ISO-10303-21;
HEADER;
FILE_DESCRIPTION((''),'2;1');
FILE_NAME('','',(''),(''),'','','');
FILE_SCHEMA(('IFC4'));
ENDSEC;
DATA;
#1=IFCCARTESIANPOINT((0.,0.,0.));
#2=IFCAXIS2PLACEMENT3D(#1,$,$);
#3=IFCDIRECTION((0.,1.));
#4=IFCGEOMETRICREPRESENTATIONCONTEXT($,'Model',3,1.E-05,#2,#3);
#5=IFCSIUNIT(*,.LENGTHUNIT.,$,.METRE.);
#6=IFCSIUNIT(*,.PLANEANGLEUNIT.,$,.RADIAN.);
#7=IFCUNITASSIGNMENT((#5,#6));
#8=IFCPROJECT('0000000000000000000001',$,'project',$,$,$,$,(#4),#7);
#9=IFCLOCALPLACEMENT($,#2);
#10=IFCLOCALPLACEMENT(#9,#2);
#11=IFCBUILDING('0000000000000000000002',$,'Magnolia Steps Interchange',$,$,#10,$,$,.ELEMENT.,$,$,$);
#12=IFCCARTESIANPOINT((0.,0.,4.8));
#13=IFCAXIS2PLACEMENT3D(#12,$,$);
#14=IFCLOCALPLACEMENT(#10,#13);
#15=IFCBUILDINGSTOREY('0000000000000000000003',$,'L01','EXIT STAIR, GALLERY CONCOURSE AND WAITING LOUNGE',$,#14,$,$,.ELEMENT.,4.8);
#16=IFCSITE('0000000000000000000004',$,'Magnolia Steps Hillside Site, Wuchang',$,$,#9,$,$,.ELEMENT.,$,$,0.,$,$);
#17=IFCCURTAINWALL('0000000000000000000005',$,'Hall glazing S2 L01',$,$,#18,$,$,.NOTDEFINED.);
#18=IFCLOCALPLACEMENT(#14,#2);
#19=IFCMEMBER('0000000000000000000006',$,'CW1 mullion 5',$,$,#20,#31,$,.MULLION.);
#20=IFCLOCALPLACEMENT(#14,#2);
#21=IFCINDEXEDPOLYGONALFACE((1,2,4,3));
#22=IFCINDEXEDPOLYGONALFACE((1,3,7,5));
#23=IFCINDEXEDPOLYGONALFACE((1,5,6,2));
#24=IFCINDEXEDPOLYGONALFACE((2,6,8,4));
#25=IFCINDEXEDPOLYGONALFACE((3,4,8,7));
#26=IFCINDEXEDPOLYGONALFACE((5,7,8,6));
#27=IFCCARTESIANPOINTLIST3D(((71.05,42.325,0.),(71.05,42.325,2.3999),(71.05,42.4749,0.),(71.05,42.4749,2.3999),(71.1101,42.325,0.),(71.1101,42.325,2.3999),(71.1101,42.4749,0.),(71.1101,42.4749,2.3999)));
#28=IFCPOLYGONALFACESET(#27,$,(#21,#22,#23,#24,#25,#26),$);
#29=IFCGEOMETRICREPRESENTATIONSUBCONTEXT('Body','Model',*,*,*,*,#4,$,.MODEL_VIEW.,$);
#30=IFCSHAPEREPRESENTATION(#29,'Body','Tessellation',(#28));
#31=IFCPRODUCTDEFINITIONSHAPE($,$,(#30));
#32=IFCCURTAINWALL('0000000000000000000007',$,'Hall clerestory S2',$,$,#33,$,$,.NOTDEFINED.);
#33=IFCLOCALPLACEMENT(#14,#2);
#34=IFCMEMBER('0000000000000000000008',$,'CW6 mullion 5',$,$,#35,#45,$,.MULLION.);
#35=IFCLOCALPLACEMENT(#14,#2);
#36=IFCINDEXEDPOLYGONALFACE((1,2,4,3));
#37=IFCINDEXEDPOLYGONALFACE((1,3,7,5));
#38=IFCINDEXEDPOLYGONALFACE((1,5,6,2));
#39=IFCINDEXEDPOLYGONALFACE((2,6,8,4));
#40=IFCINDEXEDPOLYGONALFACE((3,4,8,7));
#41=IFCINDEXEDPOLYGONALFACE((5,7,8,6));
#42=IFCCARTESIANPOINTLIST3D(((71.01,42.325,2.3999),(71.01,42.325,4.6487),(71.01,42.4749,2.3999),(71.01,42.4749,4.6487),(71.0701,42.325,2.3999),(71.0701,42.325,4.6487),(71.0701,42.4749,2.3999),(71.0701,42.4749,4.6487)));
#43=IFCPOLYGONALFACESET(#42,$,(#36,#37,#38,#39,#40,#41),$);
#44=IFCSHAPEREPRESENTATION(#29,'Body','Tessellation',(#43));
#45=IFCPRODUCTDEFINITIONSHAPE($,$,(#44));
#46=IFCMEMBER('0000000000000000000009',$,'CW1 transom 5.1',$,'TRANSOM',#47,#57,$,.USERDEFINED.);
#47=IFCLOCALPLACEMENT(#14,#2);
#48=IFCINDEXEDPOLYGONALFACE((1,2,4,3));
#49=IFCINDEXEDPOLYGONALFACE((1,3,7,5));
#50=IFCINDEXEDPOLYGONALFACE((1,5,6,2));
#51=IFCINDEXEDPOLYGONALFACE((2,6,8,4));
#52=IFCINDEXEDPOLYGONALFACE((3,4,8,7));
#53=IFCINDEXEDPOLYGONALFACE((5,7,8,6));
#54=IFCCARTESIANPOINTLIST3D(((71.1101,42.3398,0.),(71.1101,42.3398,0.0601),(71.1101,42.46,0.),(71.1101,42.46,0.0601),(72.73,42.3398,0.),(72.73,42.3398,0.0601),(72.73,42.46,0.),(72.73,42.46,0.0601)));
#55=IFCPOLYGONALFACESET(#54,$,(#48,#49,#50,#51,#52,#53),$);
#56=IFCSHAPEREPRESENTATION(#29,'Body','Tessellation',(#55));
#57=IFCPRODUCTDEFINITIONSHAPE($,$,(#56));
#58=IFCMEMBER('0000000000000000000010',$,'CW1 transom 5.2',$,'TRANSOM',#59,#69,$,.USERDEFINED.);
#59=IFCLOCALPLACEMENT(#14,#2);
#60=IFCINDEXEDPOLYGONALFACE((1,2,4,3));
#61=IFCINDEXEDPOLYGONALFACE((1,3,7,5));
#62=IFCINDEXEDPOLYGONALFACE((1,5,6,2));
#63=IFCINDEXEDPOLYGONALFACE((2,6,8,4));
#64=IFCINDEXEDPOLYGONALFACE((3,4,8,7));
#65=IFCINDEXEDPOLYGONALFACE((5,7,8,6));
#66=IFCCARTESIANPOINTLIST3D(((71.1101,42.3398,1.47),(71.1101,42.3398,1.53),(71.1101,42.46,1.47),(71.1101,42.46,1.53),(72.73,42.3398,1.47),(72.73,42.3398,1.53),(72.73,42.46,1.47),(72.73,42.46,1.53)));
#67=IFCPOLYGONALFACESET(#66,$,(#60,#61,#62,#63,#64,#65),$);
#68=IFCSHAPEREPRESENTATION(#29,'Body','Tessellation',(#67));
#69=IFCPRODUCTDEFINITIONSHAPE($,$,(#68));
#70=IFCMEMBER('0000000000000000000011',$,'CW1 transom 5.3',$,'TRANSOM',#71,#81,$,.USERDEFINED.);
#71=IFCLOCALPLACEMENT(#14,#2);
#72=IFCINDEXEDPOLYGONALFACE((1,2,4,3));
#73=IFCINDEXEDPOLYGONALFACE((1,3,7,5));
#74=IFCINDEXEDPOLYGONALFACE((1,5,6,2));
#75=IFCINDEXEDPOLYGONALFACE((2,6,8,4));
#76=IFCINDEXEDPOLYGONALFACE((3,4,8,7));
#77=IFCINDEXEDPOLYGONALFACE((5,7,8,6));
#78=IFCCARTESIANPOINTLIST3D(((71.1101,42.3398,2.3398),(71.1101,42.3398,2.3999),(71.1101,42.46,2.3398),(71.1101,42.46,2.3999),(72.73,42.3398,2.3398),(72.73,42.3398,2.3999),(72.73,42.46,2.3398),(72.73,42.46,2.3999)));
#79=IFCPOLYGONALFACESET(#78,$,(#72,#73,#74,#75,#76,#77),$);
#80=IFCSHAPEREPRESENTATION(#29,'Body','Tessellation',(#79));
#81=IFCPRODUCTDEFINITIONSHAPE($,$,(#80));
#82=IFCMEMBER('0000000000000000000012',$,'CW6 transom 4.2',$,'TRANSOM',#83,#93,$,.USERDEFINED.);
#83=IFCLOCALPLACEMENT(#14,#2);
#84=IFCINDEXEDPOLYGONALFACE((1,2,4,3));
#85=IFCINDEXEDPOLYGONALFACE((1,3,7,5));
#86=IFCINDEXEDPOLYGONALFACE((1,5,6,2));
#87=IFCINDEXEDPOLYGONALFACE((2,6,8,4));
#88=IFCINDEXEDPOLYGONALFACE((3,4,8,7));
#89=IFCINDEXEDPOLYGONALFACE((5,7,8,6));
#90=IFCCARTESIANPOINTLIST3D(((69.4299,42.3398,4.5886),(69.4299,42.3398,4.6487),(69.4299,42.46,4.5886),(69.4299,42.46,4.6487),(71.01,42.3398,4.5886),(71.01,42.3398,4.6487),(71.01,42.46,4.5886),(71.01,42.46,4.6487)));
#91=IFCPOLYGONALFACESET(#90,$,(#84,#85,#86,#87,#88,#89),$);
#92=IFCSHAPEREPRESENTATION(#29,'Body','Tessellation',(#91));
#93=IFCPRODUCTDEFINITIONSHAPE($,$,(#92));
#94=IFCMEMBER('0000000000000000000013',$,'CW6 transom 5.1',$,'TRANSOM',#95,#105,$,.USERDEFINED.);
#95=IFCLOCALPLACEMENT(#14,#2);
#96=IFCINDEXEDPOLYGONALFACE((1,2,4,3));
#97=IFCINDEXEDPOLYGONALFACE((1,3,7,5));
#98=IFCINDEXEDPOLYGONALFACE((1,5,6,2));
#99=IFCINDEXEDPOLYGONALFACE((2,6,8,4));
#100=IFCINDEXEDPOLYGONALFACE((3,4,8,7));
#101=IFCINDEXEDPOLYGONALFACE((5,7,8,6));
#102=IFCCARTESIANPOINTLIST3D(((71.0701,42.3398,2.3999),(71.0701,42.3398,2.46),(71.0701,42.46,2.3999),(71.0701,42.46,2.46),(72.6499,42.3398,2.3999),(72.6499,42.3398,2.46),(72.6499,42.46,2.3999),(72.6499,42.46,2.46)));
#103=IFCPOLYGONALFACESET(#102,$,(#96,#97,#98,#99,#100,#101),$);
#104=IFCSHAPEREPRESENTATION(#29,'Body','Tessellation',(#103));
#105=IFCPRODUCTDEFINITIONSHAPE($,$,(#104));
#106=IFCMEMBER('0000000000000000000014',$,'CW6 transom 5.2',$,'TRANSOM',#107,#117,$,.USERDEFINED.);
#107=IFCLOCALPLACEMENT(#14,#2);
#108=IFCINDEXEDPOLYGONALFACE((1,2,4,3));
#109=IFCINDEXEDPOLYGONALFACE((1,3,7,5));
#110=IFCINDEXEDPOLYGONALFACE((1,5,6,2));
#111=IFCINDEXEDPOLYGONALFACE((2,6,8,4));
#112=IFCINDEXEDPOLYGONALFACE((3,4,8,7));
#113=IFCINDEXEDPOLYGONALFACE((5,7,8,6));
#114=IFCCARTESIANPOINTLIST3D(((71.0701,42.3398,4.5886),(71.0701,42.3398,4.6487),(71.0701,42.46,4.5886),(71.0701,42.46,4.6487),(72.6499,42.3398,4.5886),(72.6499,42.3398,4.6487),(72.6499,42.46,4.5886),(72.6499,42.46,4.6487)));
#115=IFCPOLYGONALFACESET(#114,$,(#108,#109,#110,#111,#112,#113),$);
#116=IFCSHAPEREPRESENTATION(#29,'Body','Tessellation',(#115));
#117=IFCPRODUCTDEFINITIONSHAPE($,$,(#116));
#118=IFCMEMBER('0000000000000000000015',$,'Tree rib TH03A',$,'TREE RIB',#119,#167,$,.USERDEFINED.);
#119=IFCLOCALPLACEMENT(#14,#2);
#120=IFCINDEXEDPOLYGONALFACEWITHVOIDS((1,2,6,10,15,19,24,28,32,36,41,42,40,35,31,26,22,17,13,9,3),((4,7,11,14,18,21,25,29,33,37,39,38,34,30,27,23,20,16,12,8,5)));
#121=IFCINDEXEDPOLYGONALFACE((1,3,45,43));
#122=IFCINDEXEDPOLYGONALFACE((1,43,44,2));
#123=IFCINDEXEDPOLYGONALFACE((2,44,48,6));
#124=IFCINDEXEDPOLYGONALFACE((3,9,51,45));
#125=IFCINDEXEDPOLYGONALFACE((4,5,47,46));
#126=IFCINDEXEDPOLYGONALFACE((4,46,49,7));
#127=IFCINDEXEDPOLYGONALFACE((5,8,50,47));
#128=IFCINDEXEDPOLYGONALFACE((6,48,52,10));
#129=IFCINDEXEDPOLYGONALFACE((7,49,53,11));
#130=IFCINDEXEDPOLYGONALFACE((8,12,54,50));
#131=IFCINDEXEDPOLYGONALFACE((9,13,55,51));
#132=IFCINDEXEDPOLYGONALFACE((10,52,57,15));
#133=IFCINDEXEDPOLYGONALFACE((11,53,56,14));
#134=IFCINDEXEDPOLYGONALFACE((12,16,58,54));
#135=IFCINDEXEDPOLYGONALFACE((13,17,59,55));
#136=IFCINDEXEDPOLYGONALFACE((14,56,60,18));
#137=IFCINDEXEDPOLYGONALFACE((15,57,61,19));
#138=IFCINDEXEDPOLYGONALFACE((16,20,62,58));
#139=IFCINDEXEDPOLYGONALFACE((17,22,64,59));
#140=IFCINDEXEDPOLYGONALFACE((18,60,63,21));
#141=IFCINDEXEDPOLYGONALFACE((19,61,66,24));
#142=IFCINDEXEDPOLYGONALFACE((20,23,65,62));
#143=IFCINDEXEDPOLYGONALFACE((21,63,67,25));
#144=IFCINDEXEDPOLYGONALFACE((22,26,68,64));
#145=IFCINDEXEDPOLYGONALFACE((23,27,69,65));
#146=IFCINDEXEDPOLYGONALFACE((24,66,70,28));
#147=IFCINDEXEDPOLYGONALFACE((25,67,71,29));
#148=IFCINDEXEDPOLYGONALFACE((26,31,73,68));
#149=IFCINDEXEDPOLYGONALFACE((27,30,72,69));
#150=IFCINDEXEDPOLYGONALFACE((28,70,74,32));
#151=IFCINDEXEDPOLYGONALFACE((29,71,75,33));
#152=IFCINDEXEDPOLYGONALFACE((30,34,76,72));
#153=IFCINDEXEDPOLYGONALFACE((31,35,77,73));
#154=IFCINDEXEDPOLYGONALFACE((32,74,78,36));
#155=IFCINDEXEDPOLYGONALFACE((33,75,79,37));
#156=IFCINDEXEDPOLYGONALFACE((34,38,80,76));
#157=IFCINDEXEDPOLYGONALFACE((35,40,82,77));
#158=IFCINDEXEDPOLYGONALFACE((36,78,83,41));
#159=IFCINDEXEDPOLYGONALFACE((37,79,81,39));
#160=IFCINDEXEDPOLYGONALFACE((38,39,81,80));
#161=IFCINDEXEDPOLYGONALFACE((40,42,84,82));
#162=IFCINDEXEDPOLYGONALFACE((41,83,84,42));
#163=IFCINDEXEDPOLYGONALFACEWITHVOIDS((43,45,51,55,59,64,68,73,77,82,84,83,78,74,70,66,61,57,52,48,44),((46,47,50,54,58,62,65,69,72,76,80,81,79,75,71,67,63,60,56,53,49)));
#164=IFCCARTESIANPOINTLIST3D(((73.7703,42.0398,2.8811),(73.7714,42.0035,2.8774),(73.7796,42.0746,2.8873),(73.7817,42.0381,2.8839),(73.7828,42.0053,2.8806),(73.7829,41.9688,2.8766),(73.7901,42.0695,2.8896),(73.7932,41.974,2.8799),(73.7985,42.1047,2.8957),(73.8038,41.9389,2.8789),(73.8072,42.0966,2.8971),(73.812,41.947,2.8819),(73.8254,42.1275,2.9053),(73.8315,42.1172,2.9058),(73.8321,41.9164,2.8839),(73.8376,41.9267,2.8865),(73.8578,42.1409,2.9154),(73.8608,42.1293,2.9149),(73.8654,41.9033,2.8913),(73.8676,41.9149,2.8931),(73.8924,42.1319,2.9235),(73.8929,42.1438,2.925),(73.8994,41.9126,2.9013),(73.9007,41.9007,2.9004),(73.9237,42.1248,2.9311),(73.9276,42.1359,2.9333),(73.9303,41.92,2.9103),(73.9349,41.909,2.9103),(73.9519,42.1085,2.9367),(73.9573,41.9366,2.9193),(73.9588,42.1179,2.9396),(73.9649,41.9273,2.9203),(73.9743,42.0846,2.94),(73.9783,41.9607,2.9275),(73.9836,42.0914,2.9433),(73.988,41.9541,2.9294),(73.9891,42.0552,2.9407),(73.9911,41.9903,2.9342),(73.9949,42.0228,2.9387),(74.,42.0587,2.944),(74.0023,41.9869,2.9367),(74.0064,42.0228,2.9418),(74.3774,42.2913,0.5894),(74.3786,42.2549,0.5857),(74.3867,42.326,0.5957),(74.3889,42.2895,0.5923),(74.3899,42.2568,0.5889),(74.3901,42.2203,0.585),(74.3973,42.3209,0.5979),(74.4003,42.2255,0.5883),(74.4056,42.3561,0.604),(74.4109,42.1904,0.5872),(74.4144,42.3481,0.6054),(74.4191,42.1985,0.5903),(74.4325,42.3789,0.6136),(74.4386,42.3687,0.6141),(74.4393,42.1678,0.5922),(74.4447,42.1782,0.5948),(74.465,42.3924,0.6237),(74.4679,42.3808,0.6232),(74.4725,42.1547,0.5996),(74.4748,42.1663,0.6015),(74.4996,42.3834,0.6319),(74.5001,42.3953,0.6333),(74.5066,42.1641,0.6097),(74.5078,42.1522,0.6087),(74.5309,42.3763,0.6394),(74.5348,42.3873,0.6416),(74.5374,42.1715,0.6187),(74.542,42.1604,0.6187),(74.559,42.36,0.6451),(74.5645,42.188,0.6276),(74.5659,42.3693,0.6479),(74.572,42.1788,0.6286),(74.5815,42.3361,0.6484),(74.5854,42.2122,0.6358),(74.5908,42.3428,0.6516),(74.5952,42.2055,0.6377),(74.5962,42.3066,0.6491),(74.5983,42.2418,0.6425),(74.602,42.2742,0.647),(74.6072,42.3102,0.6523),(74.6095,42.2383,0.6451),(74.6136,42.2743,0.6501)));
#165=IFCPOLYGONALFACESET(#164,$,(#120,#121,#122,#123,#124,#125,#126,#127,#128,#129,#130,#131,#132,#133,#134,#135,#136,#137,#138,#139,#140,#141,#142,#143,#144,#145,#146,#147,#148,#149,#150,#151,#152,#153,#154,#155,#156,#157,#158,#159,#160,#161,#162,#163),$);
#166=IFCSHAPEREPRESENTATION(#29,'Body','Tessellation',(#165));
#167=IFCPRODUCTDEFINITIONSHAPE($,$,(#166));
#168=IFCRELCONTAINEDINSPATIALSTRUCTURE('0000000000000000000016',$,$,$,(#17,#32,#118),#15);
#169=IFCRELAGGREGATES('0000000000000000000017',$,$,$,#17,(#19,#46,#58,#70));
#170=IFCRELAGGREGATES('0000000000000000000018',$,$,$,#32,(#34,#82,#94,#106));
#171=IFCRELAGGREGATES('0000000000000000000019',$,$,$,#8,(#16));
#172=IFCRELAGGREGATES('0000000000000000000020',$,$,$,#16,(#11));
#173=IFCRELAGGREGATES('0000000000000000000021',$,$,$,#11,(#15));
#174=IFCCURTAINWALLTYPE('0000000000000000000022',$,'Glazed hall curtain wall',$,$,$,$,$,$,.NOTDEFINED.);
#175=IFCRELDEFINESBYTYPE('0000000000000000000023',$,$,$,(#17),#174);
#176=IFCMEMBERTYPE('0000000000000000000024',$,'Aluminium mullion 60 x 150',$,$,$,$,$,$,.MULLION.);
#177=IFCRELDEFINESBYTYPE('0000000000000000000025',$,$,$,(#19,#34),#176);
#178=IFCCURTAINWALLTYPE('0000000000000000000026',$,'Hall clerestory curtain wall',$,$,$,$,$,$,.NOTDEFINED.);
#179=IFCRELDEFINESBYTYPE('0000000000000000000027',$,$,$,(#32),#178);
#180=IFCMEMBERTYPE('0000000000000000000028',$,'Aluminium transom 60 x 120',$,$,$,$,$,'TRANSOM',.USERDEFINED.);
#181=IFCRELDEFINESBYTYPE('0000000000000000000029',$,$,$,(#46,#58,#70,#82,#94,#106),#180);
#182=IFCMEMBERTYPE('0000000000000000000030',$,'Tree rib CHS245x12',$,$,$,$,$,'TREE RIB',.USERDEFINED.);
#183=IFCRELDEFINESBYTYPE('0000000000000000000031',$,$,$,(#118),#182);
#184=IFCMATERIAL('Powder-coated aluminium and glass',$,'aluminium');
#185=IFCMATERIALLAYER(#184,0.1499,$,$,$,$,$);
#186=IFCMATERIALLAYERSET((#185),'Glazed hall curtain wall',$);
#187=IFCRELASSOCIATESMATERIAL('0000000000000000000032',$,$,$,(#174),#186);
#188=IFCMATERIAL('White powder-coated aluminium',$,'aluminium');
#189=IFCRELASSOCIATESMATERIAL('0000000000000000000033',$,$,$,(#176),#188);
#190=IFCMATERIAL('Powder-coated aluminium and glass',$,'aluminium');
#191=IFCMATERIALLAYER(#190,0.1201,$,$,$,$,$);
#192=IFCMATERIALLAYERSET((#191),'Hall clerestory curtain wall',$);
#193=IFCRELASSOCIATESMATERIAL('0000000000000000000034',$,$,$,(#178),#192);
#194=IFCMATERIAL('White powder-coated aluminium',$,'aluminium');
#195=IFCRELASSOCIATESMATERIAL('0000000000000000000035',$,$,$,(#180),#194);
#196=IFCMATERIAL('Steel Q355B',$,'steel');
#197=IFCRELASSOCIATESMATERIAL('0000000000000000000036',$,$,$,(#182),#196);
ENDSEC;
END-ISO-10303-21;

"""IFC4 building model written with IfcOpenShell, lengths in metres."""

from ifc_helpers import new_model, si_unit, direction, frame, origin, origin_2d, place, context, subcontext, project, spatial, rectangle, hollow_circle, extrude, material, layer, layer_set, material_profile, profile_set, type_object, element, aggregate, save


model = new_model("IFC4")

# Units and contexts
model_context = context("Model", 3, precision=1e-05, world=origin(), true_north=direction((0.0, 1.0)))
body_context = subcontext(model_context, "Body", "Model", "MODEL_VIEW")
ifc_project = project(units=[si_unit("LENGTHUNIT", "METRE"), si_unit("PLANEANGLEUNIT", "RADIAN")], contexts=[model_context])

# Site, building, storey
site_placement = place(None, origin())
site = spatial("IfcSite", under=ifc_project, at=site_placement, Name="Magnolia Steps Hillside Site, Wuchang", CompositionType="ELEMENT", RefElevation=0.0)
building_placement = place(site_placement, origin())
building = spatial("IfcBuilding", under=site, at=building_placement, Name="Magnolia Steps Interchange", CompositionType="ELEMENT")
storey_placement = place(building_placement, frame((0.0, 0.0, 4.8)))
storey = spatial("IfcBuildingStorey", under=building, at=storey_placement, Name="L01", Description="EXIT STAIR, GALLERY CONCOURSE AND WAITING LOUNGE", CompositionType="ELEMENT", Elevation=4.8)

# Curtain walls, members
ifc_material_1 = material(Name="Powder-coated aluminium and glass", Category="aluminium")
ifc_layer_1 = layer(ifc_material_1, 0.1499)
ifc_layer_set_1 = layer_set([ifc_layer_1], Name="Glazed hall curtain wall")
curtain_wall_type_1 = type_object("IfcCurtainWallType", Name="Glazed hall curtain wall", PredefinedType="NOTDEFINED", material=ifc_layer_set_1)
curtain_wall_1_placement = place(storey_placement, origin())
curtain_wall_1 = element("IfcCurtainWall", 1, at=curtain_wall_1_placement, inside=storey, type_object=curtain_wall_type_1, Name="Hall glazing S2 L01", PredefinedType="NOTDEFINED")
ifc_material_2 = material(Name="White powder-coated aluminium", Category="aluminium")
ifc_material_profile_1 = material_profile(ifc_material_2, rectangle(XDim=0.0601, YDim=0.1499, at=origin_2d()), Name="Aluminium mullion 60 x 150")
ifc_profile_set_1 = profile_set([ifc_material_profile_1], Name="White powder-coated aluminium")
member_type_1 = type_object("IfcMemberType", Name="Aluminium mullion 60 x 150", PredefinedType="MULLION", material=ifc_profile_set_1)
member_1_placement = place(storey_placement, frame((71.0801, 42.3999, 0.0), z_axis=(0.0, 0.0, 1.0), x_axis=(1.0, 0.0, 0.0)))
member_1 = element("IfcMember", 2, at=member_1_placement, type_object=member_type_1, Name="CW1 mullion 5", PredefinedType="MULLION", context=body_context, shape_type="SweptSolid", body=[
    extrude(rectangle(XDim=0.0601, YDim=0.1499, at=origin_2d()), origin(), (0.0, 0.0, 1.0), 2.3999),
])
ifc_material_3 = material(Name="Powder-coated aluminium and glass", Category="aluminium")
ifc_layer_2 = layer(ifc_material_3, 0.1201)
ifc_layer_set_2 = layer_set([ifc_layer_2], Name="Hall clerestory curtain wall")
curtain_wall_type_2 = type_object("IfcCurtainWallType", Name="Hall clerestory curtain wall", PredefinedType="NOTDEFINED", material=ifc_layer_set_2)
curtain_wall_2_placement = place(storey_placement, origin())
curtain_wall_2 = element("IfcCurtainWall", 3, at=curtain_wall_2_placement, inside=storey, type_object=curtain_wall_type_2, Name="Hall clerestory S2", PredefinedType="NOTDEFINED")
member_2_placement = place(storey_placement, frame((71.04, 42.3999, 2.3999), z_axis=(0.0, 0.0, 1.0), x_axis=(1.0, 0.0, 0.0)))
member_2 = element("IfcMember", 4, at=member_2_placement, type_object=member_type_1, Name="CW6 mullion 5", PredefinedType="MULLION", context=body_context, shape_type="SweptSolid", body=[
    extrude(rectangle(XDim=0.0601, YDim=0.1499, at=origin_2d()), origin(), (0.0, 0.0, 1.0), 2.2488),
])

# Members
ifc_material_4 = material(Name="White powder-coated aluminium", Category="aluminium")
ifc_material_profile_2 = material_profile(ifc_material_4, rectangle(XDim=0.0601, YDim=0.1201, at=origin_2d()), Name="Aluminium transom 60 x 120")
ifc_profile_set_2 = profile_set([ifc_material_profile_2], Name="White powder-coated aluminium")
member_type_2 = type_object("IfcMemberType", Name="Aluminium transom 60 x 120", ElementType="TRANSOM", PredefinedType="USERDEFINED", material=ifc_profile_set_2)
member_3_placement = place(storey_placement, frame((71.1101, 42.3999, 0.03), z_axis=(1.0, 0.0, 0.0), x_axis=(0.0, 0.0, 1.0)))
member_3 = element("IfcMember", 5, at=member_3_placement, type_object=member_type_2, Name="CW1 transom 5.1", ObjectType="TRANSOM", PredefinedType="USERDEFINED", context=body_context, shape_type="SweptSolid", body=[
    extrude(rectangle(XDim=0.0601, YDim=0.1201, at=origin_2d()), origin(), (0.0, 0.0, 1.0), 1.6199),
])
member_4_placement = place(storey_placement, frame((71.1101, 42.3999, 1.5), z_axis=(1.0, 0.0, 0.0), x_axis=(0.0, 0.0, 1.0)))
member_4 = element("IfcMember", 6, at=member_4_placement, type_object=member_type_2, Name="CW1 transom 5.2", ObjectType="TRANSOM", PredefinedType="USERDEFINED", context=body_context, shape_type="SweptSolid", body=[
    extrude(rectangle(XDim=0.0601, YDim=0.1201, at=origin_2d()), origin(), (0.0, 0.0, 1.0), 1.6199),
])
member_5_placement = place(storey_placement, frame((71.1101, 42.3999, 2.3699), z_axis=(1.0, 0.0, 0.0), x_axis=(0.0, 0.0, 1.0)))
member_5 = element("IfcMember", 7, at=member_5_placement, type_object=member_type_2, Name="CW1 transom 5.3", ObjectType="TRANSOM", PredefinedType="USERDEFINED", context=body_context, shape_type="SweptSolid", body=[
    extrude(rectangle(XDim=0.0601, YDim=0.1201, at=origin_2d()), origin(), (0.0, 0.0, 1.0), 1.6199),
])
member_6_placement = place(storey_placement, frame((69.4299, 42.3999, 4.6187), z_axis=(1.0, 0.0, 0.0), x_axis=(0.0, 0.0, 1.0)))
member_6 = element("IfcMember", 8, at=member_6_placement, type_object=member_type_2, Name="CW6 transom 4.2", ObjectType="TRANSOM", PredefinedType="USERDEFINED", context=body_context, shape_type="SweptSolid", body=[
    extrude(rectangle(XDim=0.0601, YDim=0.1201, at=origin_2d()), origin(), (0.0, 0.0, 1.0), 1.5801),
])
member_7_placement = place(storey_placement, frame((71.0701, 42.3999, 2.4299), z_axis=(1.0, 0.0, 0.0), x_axis=(0.0, 0.0, 1.0)))
member_7 = element("IfcMember", 9, at=member_7_placement, type_object=member_type_2, Name="CW6 transom 5.1", ObjectType="TRANSOM", PredefinedType="USERDEFINED", context=body_context, shape_type="SweptSolid", body=[
    extrude(rectangle(XDim=0.0601, YDim=0.1201, at=origin_2d()), origin(), (0.0, 0.0, 1.0), 1.5798),
])
member_8_placement = place(storey_placement, frame((71.0701, 42.3999, 4.6187), z_axis=(1.0, 0.0, 0.0), x_axis=(0.0, 0.0, 1.0)))
member_8 = element("IfcMember", 10, at=member_8_placement, type_object=member_type_2, Name="CW6 transom 5.2", ObjectType="TRANSOM", PredefinedType="USERDEFINED", context=body_context, shape_type="SweptSolid", body=[
    extrude(rectangle(XDim=0.0601, YDim=0.1201, at=origin_2d()), origin(), (0.0, 0.0, 1.0), 1.5798),
])

# Member
ifc_material_5 = material(Name="Steel Q355B", Category="steel")
ifc_material_profile_3 = material_profile(ifc_material_5, hollow_circle(Radius=0.1226, WallThickness=0.012, at=origin_2d()), Name="CHS245x12")
ifc_profile_set_3 = profile_set([ifc_material_profile_3], Name="Steel Q355B")
member_type_3 = type_object("IfcMemberType", Name="Tree rib CHS245x12", ElementType="TREE RIB", PredefinedType="USERDEFINED", material=ifc_profile_set_3)
member_9_placement = place(storey_placement, frame((74.4951, 42.2737, 0.6187), z_axis=(-0.254676, -0.105475, 0.961257), x_axis=(0.382636, -0.923899, 0.0)))
element("IfcMember", 11, at=member_9_placement, inside=storey, type_object=member_type_3, Name="Tree rib TH03A", ObjectType="TREE RIB", PredefinedType="USERDEFINED", context=body_context, shape_type="SweptSolid", body=[
    extrude(hollow_circle(Radius=0.1226, WallThickness=0.012, at=origin_2d()), origin(), (0.0, 0.0, 1.0), 2.384),
])

aggregate(curtain_wall_1, [member_1, member_3, member_4, member_5])
aggregate(curtain_wall_2, [member_2, member_6, member_7, member_8])

save(model, "model.ifc")
